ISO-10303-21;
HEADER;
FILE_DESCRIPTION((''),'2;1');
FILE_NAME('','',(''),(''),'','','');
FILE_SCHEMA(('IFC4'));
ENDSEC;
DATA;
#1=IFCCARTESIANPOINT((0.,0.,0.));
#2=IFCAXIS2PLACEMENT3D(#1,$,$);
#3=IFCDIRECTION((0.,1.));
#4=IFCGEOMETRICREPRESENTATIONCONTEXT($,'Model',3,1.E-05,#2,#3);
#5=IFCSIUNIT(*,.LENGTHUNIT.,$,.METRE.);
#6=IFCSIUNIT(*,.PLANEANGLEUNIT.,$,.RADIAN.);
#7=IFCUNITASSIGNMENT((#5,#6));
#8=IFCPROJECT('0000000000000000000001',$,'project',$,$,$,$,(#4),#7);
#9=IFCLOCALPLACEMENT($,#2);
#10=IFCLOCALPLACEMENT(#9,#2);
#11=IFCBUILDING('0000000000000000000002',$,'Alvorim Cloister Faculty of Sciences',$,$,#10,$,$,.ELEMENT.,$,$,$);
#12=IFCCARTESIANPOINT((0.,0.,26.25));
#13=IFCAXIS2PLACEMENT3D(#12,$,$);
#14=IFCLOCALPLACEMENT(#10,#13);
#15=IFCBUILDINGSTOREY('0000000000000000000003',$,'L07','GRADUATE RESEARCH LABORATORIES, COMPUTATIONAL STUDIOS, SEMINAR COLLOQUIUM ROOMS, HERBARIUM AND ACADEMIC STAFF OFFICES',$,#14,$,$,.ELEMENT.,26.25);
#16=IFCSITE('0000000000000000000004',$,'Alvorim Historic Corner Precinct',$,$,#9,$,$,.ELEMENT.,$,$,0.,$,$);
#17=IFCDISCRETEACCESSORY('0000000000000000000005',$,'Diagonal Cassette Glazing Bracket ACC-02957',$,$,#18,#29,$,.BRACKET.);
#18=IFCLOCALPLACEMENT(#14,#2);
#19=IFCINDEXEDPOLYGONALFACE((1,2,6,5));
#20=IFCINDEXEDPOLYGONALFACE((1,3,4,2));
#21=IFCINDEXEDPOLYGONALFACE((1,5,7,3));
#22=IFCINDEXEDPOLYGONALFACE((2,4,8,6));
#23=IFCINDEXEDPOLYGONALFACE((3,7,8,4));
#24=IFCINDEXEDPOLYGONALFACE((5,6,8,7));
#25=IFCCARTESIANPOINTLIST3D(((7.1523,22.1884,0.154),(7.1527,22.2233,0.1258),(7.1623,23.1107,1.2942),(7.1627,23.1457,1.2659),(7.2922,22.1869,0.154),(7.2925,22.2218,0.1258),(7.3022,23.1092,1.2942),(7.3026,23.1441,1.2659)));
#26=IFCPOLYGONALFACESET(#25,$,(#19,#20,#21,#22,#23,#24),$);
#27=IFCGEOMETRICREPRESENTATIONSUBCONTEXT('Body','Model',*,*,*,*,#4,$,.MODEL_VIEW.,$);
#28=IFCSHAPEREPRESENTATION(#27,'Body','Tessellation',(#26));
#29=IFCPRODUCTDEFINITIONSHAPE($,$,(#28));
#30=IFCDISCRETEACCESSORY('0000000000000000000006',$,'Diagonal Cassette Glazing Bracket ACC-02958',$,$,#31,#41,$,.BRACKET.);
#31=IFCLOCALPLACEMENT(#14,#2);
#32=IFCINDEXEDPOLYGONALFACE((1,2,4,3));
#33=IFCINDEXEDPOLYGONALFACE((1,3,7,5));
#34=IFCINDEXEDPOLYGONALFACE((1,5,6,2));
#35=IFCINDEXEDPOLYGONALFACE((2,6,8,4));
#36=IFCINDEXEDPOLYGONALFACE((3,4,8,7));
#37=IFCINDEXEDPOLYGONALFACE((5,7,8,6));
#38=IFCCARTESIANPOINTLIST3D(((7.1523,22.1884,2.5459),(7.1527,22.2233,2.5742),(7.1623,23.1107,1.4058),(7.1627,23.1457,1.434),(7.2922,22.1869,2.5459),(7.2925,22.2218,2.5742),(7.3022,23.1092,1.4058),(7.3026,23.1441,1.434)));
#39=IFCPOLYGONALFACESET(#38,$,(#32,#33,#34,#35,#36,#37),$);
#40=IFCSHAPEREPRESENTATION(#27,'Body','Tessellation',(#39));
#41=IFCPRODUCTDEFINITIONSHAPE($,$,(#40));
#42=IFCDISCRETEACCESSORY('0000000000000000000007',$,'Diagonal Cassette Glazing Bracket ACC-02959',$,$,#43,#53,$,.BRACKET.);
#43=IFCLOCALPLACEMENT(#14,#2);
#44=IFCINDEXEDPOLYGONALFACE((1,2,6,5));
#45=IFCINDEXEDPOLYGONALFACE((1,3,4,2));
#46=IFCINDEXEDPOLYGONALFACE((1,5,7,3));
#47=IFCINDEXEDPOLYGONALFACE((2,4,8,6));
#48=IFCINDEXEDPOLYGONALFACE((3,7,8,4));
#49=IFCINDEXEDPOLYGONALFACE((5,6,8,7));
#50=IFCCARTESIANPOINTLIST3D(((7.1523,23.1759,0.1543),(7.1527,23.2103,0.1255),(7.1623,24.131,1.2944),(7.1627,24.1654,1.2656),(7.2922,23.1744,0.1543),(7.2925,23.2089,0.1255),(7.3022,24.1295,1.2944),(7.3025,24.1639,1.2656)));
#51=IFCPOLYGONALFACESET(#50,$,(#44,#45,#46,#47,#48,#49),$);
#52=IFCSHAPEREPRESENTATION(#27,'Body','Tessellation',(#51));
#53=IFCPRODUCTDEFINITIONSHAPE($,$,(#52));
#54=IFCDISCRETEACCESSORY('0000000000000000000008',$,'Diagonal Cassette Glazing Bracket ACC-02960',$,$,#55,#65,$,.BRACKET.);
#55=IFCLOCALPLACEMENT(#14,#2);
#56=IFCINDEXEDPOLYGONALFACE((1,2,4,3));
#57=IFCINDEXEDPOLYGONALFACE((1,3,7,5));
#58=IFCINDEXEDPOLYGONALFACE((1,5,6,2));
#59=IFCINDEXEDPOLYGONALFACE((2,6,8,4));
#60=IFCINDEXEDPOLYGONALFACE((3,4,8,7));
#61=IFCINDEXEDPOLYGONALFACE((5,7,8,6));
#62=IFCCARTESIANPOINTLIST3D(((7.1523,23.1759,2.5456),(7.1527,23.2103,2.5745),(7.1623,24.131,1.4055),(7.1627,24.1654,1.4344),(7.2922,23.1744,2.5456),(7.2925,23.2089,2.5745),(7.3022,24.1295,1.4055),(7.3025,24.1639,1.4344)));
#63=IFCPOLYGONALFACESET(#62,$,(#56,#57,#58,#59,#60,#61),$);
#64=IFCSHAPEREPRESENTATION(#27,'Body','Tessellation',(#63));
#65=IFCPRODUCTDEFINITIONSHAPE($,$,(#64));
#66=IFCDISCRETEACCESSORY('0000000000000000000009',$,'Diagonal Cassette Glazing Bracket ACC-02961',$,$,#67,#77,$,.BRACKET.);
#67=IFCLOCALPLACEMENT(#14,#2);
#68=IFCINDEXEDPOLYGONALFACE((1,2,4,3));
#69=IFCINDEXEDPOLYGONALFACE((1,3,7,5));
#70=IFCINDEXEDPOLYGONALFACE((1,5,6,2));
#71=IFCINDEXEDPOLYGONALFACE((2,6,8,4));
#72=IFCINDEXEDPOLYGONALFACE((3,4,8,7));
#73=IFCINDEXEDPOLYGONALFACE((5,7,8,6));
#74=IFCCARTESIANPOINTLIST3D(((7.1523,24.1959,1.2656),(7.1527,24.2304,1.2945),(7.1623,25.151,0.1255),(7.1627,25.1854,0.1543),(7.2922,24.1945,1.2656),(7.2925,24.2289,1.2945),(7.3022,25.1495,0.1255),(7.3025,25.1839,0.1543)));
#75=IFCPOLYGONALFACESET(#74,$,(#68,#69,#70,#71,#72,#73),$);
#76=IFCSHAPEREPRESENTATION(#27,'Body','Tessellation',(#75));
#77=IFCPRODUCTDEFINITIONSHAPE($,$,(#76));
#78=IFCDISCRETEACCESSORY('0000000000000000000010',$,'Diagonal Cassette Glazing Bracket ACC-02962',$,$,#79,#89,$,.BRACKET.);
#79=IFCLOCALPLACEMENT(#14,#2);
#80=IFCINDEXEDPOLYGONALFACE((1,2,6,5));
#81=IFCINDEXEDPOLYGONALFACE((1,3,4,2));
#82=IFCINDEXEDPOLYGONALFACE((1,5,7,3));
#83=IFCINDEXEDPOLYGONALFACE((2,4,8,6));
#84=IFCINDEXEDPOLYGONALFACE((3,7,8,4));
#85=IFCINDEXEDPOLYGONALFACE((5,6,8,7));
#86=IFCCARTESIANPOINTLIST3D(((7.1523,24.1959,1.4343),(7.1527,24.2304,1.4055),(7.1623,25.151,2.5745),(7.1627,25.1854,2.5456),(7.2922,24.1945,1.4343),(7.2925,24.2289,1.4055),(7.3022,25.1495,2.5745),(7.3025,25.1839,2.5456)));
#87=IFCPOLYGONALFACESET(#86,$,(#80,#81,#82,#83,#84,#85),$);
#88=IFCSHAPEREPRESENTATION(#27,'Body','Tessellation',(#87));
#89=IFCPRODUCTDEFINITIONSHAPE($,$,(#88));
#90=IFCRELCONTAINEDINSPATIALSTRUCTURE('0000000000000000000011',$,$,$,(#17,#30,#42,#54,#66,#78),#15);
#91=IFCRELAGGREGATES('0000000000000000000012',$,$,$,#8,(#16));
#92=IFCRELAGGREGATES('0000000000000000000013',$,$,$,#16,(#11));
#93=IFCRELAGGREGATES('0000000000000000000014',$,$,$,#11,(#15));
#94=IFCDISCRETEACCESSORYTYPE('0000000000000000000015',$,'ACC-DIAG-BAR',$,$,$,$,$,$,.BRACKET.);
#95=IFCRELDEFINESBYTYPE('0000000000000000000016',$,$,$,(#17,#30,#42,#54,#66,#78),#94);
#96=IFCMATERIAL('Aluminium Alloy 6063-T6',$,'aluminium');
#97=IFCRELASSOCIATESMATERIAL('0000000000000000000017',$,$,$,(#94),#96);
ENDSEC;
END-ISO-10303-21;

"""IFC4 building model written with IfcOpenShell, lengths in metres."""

from ifc_helpers import new_model, si_unit, direction, frame, origin, origin_2d, place, context, subcontext, project, spatial, rectangle, extrude, material, type_object, element, save


model = new_model("IFC4")

# Units and contexts
model_context = context("Model", 3, precision=1e-05, world=origin(), true_north=direction((0.0, 1.0)))
body_context = subcontext(model_context, "Body", "Model", "MODEL_VIEW")
ifc_project = project(units=[si_unit("LENGTHUNIT", "METRE"), si_unit("PLANEANGLEUNIT", "RADIAN")], contexts=[model_context])

# Site, building, storey
site_placement = place(None, origin())
site = spatial("IfcSite", under=ifc_project, at=site_placement, Name="Alvorim Historic Corner Precinct", CompositionType="ELEMENT", RefElevation=0.0)
building_placement = place(site_placement, origin())
building = spatial("IfcBuilding", under=site, at=building_placement, Name="Alvorim Cloister Faculty of Sciences", CompositionType="ELEMENT")
storey_placement = place(building_placement, frame((0.0, 0.0, 26.25)))
storey = spatial("IfcBuildingStorey", under=building, at=storey_placement, Name="L07", Description="GRADUATE RESEARCH LABORATORIES, COMPUTATIONAL STUDIOS, SEMINAR COLLOQUIUM ROOMS, HERBARIUM AND ACADEMIC STAFF OFFICES", CompositionType="ELEMENT", Elevation=26.25)

# Shared definitions
ifc_material_1 = material(Name="Aluminium Alloy 6063-T6", Category="aluminium")

# Discrete accessories
discrete_accessory_type = type_object("IfcDiscreteAccessoryType", Name="ACC-DIAG-BAR", PredefinedType="BRACKET", material=ifc_material_1)
for number, where, z_axis, x_axis, name in (
    (1, (7.2224, 22.2051, 0.1399), (0.006825, 0.628935, 0.777428), (-0.999941, 0.010852, 0.0), "Diagonal Cassette Glazing Bracket ACC-02957"),
    (2, (7.2224, 22.2051, 2.5601), (0.006825, 0.628935, -0.777428), (-0.999941, 0.010852, 0.0), "Diagonal Cassette Glazing Bracket ACC-02958"),
):
    element("IfcDiscreteAccessory", number, at=place(storey_placement, frame(where, z_axis=z_axis, x_axis=x_axis)), inside=storey, type_object=discrete_accessory_type, Name=name, PredefinedType="BRACKET", context=body_context, shape_type="SweptSolid", body=[
        extrude(rectangle(XDim=0.1399, YDim=0.0449, at=origin_2d()), origin(), (0.0, 0.0, 1.0), 1.4666),
    ])
for number, where, z_axis, x_axis, name in (
    (3, (7.2224, 23.1924, 0.1399), (0.00673, 0.642138, 0.76656), (-0.999945, 0.01048, 0.0), "Diagonal Cassette Glazing Bracket ACC-02959"),
    (4, (7.2224, 23.1924, 2.5601), (0.00673, 0.642138, -0.76656), (-0.999945, 0.01048, 0.0), "Diagonal Cassette Glazing Bracket ACC-02960"),
    (5, (7.2224, 24.2124, 1.28), (0.00673, 0.642138, -0.76656), (-0.999945, 0.01048, 0.0), "Diagonal Cassette Glazing Bracket ACC-02961"),
    (6, (7.2224, 24.2124, 1.4199), (0.00673, 0.642138, 0.76656), (-0.999945, 0.01048, 0.0), "Diagonal Cassette Glazing Bracket ACC-02962"),
):
    element("IfcDiscreteAccessory", number, at=place(storey_placement, frame(where, z_axis=z_axis, x_axis=x_axis)), inside=storey, type_object=discrete_accessory_type, Name=name, PredefinedType="BRACKET", context=body_context, shape_type="SweptSolid", body=[
        extrude(rectangle(XDim=0.1399, YDim=0.0449, at=origin_2d()), origin(), (0.0, 0.0, 1.0), 1.4873),
    ])

save(model, "model.ifc")
